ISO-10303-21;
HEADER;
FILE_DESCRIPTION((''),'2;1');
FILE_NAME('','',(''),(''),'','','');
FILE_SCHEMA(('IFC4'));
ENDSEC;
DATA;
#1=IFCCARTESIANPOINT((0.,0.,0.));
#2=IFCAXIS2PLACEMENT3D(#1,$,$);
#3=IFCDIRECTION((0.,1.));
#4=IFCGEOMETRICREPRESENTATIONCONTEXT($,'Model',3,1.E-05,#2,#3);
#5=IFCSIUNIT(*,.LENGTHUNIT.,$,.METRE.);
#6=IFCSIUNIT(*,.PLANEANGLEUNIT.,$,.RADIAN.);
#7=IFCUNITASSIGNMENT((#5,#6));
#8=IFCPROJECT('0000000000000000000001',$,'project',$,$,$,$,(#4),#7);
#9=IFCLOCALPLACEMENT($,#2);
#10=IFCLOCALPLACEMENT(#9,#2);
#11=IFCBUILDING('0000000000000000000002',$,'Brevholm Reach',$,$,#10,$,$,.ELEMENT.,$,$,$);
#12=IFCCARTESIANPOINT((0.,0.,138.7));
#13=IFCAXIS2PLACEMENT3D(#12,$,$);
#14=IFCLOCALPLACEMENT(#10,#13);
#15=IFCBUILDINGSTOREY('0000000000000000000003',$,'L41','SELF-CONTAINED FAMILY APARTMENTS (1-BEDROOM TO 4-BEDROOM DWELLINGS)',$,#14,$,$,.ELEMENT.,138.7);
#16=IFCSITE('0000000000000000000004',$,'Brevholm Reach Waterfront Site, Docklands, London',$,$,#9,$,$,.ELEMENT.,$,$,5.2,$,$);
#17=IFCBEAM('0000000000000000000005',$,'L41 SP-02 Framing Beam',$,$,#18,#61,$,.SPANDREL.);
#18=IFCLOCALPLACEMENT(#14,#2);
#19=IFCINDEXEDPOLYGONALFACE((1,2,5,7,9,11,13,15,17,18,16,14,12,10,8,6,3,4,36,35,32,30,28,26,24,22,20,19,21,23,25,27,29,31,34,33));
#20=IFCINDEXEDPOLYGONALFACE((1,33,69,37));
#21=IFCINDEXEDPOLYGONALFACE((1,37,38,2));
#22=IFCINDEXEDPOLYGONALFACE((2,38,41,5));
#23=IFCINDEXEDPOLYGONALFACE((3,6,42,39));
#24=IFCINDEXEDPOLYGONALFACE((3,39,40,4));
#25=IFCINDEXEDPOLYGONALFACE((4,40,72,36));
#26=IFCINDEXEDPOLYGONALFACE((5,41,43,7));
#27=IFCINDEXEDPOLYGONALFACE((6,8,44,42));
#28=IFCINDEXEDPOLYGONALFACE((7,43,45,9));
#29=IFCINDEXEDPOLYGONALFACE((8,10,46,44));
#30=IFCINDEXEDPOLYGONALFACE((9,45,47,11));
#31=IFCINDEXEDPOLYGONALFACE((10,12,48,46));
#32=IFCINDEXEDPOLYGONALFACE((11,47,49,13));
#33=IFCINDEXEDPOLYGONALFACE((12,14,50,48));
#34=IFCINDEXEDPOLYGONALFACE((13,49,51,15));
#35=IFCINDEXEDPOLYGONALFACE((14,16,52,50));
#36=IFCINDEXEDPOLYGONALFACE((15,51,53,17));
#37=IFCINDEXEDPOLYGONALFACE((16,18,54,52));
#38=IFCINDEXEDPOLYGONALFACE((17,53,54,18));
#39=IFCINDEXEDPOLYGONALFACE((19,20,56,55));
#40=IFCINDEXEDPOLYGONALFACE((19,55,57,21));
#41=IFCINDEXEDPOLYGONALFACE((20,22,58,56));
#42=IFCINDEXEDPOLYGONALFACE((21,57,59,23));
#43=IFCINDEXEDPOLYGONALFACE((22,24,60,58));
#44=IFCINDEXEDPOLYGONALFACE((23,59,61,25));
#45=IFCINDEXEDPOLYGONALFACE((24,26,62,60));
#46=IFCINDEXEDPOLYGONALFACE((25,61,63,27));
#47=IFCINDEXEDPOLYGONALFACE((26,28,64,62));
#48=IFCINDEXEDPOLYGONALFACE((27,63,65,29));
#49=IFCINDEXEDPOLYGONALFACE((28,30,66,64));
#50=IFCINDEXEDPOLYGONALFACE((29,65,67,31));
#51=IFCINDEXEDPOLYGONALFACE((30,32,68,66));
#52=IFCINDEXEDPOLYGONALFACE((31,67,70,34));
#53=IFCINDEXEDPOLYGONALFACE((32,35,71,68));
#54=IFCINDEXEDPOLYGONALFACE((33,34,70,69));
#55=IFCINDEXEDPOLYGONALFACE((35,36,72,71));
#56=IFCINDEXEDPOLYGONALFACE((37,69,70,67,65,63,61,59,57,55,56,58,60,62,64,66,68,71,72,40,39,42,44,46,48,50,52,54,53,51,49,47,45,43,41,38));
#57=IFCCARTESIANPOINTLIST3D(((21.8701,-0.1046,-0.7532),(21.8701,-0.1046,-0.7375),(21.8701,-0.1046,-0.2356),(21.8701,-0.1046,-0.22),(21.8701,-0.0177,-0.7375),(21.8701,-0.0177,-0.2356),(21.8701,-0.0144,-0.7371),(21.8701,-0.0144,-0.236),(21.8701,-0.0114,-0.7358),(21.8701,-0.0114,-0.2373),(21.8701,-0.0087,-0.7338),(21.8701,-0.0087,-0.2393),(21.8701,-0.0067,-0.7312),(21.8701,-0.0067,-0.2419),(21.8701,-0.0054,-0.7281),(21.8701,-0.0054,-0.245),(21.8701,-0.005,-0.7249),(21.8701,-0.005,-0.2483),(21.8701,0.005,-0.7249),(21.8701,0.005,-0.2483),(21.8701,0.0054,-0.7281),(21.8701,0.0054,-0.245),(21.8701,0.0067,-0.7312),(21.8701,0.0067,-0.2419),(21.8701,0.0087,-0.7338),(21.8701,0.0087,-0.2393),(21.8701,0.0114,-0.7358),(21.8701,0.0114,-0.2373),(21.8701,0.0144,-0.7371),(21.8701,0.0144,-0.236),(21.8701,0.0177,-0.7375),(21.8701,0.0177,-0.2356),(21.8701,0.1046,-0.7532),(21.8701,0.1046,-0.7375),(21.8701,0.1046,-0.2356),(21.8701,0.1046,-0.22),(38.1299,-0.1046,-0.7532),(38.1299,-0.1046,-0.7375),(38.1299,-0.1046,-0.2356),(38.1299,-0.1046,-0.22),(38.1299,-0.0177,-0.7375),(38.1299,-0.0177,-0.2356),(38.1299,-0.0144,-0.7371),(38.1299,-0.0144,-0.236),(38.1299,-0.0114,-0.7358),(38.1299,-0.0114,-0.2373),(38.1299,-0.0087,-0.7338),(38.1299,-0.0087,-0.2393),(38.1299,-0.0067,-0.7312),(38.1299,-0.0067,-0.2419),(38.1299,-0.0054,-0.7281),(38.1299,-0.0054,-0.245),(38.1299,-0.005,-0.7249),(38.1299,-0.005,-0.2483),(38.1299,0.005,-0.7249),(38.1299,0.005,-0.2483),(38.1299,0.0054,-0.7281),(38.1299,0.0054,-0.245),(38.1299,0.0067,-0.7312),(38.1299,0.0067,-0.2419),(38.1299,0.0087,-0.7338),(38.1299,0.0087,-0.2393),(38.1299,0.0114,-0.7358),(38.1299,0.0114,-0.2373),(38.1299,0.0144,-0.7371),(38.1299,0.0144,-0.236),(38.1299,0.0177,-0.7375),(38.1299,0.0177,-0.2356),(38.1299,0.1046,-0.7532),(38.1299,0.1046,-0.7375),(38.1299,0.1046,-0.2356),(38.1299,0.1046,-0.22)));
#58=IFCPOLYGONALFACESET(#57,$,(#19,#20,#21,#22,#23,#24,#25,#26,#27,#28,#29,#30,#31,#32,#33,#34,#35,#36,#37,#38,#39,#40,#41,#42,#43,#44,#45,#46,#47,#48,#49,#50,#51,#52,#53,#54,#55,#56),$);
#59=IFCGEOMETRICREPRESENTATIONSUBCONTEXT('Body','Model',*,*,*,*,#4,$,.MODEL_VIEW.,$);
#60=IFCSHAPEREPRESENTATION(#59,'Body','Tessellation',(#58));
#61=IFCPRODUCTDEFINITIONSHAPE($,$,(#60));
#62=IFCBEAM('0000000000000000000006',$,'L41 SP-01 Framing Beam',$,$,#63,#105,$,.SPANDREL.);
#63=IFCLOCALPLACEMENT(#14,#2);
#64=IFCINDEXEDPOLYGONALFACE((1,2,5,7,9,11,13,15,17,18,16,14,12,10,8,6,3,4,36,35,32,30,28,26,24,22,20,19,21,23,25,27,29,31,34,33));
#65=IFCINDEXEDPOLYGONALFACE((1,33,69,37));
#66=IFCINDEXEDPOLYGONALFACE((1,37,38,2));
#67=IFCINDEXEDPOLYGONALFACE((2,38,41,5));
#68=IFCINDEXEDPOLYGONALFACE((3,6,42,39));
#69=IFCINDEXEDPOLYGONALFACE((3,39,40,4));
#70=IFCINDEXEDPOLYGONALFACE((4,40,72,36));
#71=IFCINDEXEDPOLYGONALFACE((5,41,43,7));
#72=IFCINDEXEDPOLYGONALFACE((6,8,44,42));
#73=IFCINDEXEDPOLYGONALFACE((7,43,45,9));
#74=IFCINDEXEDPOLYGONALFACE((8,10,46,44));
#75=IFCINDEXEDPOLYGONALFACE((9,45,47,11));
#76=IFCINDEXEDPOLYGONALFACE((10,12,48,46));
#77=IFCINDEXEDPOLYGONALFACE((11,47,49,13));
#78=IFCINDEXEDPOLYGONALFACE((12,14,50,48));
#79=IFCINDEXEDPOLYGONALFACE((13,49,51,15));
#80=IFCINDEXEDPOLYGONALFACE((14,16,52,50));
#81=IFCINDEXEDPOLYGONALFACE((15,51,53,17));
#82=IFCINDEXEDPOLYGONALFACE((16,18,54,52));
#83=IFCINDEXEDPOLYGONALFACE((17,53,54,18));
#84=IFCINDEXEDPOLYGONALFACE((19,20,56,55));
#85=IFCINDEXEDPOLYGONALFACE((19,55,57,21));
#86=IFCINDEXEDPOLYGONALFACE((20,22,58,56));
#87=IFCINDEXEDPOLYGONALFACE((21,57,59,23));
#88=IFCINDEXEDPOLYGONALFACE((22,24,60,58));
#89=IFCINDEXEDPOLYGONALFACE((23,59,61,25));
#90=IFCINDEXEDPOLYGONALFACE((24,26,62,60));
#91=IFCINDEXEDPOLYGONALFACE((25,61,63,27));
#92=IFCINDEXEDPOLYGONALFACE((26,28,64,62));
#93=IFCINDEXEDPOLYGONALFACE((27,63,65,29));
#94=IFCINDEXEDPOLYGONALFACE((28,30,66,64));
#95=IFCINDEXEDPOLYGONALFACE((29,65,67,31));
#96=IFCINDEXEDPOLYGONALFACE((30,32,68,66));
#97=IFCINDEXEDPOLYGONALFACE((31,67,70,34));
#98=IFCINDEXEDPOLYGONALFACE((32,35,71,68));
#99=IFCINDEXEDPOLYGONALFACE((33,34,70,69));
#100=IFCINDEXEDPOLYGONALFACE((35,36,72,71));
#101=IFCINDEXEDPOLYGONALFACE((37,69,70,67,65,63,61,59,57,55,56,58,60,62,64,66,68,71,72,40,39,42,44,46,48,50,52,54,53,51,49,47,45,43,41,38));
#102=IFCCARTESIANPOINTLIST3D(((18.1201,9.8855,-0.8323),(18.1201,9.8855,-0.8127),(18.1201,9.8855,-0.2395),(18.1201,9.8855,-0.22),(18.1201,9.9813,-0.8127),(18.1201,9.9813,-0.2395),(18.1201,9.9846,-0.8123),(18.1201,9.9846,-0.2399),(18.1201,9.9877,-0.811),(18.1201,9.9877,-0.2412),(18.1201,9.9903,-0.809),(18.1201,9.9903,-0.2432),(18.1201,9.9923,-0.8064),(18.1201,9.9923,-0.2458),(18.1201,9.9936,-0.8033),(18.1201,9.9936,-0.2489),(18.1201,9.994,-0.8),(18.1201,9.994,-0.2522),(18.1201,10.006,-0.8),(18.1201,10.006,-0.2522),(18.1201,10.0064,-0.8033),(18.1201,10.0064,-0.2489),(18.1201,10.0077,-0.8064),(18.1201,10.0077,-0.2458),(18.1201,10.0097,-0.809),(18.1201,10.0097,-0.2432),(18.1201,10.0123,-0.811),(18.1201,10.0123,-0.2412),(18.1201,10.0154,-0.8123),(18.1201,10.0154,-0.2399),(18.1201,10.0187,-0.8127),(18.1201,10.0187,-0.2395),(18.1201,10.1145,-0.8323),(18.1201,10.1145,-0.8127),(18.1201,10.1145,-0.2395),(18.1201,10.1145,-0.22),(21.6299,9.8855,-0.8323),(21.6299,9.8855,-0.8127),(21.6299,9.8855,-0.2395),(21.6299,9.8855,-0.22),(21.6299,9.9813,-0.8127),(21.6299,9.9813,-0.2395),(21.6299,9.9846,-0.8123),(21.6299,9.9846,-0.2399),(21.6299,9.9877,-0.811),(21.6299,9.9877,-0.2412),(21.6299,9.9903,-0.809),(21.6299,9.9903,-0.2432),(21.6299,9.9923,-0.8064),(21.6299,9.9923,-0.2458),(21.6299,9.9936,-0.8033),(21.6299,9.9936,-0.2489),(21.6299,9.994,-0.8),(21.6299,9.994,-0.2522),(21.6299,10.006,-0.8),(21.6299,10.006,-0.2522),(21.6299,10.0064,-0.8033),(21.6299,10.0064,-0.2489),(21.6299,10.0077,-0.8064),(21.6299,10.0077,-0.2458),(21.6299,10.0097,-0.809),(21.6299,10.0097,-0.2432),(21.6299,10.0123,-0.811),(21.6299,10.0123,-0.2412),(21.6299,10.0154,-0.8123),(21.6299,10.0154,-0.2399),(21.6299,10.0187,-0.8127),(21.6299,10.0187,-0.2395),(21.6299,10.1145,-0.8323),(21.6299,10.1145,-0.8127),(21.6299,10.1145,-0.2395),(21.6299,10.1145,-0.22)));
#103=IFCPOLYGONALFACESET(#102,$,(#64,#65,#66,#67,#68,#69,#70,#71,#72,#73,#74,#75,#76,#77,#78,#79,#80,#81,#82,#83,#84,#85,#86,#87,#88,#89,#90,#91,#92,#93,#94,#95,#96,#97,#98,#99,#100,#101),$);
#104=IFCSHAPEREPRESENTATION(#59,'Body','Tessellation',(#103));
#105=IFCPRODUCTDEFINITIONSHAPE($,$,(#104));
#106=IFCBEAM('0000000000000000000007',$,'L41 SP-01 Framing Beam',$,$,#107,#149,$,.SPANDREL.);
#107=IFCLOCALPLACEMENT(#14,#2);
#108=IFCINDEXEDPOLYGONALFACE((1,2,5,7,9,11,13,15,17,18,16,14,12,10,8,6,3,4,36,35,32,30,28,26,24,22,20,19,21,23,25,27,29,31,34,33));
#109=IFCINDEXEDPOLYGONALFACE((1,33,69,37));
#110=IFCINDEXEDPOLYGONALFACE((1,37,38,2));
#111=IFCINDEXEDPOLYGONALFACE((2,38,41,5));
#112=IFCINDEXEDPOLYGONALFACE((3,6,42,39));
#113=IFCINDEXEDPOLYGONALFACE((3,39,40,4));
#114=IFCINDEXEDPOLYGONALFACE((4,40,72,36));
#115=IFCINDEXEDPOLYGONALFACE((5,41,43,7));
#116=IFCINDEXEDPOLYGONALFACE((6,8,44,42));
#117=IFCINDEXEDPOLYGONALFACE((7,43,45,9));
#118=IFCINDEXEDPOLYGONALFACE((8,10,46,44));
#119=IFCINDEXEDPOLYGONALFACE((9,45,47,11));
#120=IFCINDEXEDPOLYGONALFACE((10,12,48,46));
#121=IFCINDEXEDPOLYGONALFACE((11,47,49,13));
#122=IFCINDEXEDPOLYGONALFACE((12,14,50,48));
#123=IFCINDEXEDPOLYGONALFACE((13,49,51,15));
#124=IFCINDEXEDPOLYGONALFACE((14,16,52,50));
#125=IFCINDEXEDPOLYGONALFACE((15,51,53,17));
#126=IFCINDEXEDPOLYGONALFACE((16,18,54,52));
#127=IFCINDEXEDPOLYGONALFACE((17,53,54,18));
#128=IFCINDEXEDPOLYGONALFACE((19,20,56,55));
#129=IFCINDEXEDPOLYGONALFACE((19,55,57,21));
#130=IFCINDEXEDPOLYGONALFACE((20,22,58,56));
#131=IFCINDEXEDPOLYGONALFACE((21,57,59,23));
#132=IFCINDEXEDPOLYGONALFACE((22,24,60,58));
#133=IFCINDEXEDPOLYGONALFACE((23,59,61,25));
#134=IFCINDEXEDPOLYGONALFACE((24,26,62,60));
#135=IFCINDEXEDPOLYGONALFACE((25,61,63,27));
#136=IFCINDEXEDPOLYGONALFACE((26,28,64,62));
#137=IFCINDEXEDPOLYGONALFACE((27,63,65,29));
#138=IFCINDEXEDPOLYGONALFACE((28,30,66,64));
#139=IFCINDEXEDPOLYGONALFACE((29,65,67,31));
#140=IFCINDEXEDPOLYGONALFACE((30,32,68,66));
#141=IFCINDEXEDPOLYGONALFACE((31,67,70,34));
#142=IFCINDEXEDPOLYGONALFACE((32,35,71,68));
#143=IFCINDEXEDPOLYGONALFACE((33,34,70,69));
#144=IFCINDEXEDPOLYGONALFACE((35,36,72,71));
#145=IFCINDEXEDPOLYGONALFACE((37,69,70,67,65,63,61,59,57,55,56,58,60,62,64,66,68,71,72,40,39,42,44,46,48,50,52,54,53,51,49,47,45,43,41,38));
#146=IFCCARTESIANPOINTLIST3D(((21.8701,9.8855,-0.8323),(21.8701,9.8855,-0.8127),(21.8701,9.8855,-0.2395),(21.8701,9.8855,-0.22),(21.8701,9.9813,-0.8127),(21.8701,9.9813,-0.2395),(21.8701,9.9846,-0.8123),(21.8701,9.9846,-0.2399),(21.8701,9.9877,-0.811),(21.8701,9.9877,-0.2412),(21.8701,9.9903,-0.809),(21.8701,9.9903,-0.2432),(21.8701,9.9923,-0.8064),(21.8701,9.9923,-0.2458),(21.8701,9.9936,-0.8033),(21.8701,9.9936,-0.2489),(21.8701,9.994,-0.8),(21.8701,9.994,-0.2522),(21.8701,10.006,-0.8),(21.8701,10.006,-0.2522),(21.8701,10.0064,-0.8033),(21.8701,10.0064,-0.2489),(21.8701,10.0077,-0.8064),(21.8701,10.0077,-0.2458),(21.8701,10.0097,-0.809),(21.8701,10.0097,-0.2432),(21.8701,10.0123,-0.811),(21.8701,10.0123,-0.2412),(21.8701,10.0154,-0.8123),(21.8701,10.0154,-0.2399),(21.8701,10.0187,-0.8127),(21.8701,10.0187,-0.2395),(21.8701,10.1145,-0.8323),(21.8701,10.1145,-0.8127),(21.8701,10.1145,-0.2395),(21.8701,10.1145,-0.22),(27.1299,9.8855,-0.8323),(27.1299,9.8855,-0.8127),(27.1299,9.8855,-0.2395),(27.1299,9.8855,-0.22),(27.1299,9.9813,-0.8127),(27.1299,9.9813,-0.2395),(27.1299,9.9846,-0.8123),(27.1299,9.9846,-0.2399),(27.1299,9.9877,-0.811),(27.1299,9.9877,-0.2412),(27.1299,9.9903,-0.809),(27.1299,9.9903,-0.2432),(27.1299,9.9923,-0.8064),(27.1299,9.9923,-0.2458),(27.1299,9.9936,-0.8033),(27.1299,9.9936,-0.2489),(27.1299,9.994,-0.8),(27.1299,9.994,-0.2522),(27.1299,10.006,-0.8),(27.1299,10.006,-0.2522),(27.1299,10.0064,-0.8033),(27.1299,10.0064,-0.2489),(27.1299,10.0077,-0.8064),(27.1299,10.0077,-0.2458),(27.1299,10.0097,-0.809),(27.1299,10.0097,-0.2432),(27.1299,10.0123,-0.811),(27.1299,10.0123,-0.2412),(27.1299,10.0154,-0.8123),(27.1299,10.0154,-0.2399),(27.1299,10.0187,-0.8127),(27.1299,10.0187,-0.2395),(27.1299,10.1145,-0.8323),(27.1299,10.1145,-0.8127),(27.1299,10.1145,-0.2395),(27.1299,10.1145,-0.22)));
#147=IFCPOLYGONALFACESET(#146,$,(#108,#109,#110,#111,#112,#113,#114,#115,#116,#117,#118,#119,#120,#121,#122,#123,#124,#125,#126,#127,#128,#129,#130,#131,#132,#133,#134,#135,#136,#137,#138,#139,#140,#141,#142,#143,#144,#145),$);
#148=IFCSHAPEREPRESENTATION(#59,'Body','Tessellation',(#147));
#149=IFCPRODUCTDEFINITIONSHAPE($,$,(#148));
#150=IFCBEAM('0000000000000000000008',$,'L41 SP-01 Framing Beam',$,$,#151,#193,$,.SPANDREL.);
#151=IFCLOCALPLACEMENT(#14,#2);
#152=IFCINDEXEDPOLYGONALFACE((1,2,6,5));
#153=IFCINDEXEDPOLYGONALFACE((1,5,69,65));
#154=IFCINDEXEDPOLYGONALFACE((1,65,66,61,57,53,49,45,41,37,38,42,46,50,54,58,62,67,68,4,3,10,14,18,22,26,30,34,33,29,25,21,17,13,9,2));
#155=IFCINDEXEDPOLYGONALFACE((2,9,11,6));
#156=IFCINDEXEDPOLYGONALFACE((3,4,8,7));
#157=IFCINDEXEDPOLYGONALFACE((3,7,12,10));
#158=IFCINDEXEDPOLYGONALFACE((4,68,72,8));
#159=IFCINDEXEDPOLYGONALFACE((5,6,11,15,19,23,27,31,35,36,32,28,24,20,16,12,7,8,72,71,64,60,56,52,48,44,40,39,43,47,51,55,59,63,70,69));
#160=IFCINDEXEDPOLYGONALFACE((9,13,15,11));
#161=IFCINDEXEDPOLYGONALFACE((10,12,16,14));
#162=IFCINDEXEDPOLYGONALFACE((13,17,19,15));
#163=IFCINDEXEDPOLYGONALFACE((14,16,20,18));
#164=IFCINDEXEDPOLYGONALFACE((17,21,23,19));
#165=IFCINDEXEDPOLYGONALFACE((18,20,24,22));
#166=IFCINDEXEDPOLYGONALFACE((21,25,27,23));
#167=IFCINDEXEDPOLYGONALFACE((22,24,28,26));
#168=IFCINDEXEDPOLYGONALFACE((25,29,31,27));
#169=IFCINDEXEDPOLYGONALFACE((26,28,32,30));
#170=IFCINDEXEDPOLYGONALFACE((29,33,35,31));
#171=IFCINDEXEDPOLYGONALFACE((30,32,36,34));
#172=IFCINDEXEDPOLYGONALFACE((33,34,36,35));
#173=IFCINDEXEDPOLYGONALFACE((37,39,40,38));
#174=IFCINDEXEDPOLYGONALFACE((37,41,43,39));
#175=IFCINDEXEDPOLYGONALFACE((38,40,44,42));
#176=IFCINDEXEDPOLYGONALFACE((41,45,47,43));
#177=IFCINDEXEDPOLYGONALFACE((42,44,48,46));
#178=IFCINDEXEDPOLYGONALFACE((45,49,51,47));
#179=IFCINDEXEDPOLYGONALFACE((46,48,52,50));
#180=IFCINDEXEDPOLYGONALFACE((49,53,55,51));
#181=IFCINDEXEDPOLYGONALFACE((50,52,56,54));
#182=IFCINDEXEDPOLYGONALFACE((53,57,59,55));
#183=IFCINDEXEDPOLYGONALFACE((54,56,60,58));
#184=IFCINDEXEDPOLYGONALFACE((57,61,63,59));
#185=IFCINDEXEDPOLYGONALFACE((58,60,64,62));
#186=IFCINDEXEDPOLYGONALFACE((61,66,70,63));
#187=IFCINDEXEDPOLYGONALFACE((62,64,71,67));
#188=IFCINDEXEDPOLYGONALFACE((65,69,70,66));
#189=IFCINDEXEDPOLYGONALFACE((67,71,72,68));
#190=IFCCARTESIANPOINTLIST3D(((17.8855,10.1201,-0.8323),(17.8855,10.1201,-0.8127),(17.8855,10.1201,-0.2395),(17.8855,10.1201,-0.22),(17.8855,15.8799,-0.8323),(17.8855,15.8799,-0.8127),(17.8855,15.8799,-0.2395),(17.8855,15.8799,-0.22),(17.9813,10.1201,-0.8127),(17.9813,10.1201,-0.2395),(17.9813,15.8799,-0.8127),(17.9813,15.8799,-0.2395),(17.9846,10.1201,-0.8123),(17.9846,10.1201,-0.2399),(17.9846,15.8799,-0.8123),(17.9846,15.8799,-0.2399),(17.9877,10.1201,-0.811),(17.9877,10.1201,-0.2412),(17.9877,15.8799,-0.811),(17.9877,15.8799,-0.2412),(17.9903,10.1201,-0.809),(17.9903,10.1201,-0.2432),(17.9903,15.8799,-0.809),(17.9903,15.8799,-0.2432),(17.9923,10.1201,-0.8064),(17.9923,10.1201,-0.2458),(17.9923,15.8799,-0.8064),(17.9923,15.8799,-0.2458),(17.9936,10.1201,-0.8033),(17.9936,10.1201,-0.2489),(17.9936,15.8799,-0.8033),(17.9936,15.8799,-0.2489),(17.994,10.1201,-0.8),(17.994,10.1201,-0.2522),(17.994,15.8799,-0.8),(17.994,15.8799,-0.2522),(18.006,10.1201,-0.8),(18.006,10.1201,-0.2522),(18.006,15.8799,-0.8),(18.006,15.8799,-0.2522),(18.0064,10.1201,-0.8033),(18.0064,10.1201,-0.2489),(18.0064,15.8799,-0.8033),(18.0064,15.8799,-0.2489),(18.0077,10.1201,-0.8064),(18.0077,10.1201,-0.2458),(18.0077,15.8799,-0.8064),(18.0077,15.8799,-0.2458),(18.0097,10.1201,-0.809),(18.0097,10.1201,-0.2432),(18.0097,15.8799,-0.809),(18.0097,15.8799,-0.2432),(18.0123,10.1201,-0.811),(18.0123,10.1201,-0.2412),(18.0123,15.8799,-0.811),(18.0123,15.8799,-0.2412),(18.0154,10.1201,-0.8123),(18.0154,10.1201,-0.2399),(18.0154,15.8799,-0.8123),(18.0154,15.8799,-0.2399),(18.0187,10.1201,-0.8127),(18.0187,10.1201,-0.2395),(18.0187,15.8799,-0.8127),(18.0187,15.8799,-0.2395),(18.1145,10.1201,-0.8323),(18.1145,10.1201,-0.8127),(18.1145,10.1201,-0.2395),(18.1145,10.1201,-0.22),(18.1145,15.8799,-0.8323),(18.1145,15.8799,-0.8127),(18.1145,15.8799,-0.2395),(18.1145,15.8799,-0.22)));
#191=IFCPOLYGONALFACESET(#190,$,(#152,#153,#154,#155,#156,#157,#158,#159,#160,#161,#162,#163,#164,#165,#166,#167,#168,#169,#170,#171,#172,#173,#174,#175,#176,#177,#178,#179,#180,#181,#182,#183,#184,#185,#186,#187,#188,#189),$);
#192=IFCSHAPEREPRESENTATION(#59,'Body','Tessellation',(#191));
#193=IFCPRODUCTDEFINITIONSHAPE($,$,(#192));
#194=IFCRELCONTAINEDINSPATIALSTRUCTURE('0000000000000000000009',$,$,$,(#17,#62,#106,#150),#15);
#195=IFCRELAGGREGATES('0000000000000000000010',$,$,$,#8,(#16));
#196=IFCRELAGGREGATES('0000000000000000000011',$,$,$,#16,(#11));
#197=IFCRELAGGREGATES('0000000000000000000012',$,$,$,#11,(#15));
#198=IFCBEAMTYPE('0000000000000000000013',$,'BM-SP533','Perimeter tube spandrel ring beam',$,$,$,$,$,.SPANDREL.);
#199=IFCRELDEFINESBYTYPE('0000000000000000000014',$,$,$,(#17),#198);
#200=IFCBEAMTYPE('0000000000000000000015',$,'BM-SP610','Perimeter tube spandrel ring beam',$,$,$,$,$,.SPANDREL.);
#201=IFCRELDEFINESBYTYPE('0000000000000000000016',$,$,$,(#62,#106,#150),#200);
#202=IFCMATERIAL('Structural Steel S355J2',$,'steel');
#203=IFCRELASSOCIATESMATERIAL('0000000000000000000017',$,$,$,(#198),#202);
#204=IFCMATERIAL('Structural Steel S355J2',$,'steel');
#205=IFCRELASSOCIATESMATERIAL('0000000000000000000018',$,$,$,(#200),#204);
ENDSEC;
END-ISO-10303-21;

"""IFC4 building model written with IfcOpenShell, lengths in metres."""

from ifc_helpers import new_model, si_unit, direction, frame, origin, origin_2d, place, context, subcontext, project, spatial, i_section, extrude, material, material_profile, profile_set, type_object, element, save


model = new_model("IFC4")

# Units and contexts
model_context = context("Model", 3, precision=1e-05, world=origin(), true_north=direction((0.0, 1.0)))
body_context = subcontext(model_context, "Body", "Model", "MODEL_VIEW")
ifc_project = project(units=[si_unit("LENGTHUNIT", "METRE"), si_unit("PLANEANGLEUNIT", "RADIAN")], contexts=[model_context])

# Site, building, storey
site_placement = place(None, origin())
site = spatial("IfcSite", under=ifc_project, at=site_placement, Name="Brevholm Reach Waterfront Site, Docklands, London", CompositionType="ELEMENT", RefElevation=5.2)
building_placement = place(site_placement, origin())
building = spatial("IfcBuilding", under=site, at=building_placement, Name="Brevholm Reach", CompositionType="ELEMENT")
storey_placement = place(building_placement, frame((0.0, 0.0, 138.7)))
storey = spatial("IfcBuildingStorey", under=building, at=storey_placement, Name="L41", Description="SELF-CONTAINED FAMILY APARTMENTS (1-BEDROOM TO 4-BEDROOM DWELLINGS)", CompositionType="ELEMENT", Elevation=138.7)

# Beams
ifc_material_1 = material(Name="Structural Steel S355J2", Category="steel")
ifc_material_profile_1 = material_profile(ifc_material_1, i_section(OverallWidth=0.2092, OverallDepth=0.5332, WebThickness=0.01, FlangeThickness=0.0156, FilletRadius=0.0127, at=origin_2d()), Name="UKB 533x210x92")
ifc_profile_set_1 = profile_set([ifc_material_profile_1], Name="Structural Steel S355J2")
beam_type_1 = type_object("IfcBeamType", Name="BM-SP533", Description="Perimeter tube spandrel ring beam", PredefinedType="SPANDREL", material=ifc_profile_set_1)
beam_1_placement = place(storey_placement, frame((21.8701, 0.0, -0.4866), z_axis=(1.0, 0.0, 0.0), x_axis=(0.0, 1.0, 0.0)))
element("IfcBeam", 1, at=beam_1_placement, inside=storey, type_object=beam_type_1, Name="L41 SP-02 Framing Beam", PredefinedType="SPANDREL", context=body_context, shape_type="SweptSolid", body=[
    extrude(i_section(OverallWidth=0.2092, OverallDepth=0.5332, WebThickness=0.01, FlangeThickness=0.0156, FilletRadius=0.0127, at=origin_2d()), origin(), (0.0, 0.0, 1.0), 16.2598),
])
ifc_material_2 = material(Name="Structural Steel S355J2", Category="steel")
ifc_material_profile_2 = material_profile(ifc_material_2, i_section(OverallWidth=0.229, OverallDepth=0.6123, WebThickness=0.012, FlangeThickness=0.0195, FilletRadius=0.0127, at=origin_2d()), Name="UKB 610x229x125")
ifc_profile_set_2 = profile_set([ifc_material_profile_2], Name="Structural Steel S355J2")
beam_type_2 = type_object("IfcBeamType", Name="BM-SP610", Description="Perimeter tube spandrel ring beam", PredefinedType="SPANDREL", material=ifc_profile_set_2)
beam_2_placement = place(storey_placement, frame((18.1201, 10.0, -0.5261), z_axis=(1.0, 0.0, 0.0), x_axis=(0.0, 1.0, 0.0)))
element("IfcBeam", 2, at=beam_2_placement, inside=storey, type_object=beam_type_2, Name="L41 SP-01 Framing Beam", PredefinedType="SPANDREL", context=body_context, shape_type="SweptSolid", body=[
    extrude(i_section(OverallWidth=0.229, OverallDepth=0.6123, WebThickness=0.012, FlangeThickness=0.0195, FilletRadius=0.0127, at=origin_2d()), origin(), (0.0, 0.0, 1.0), 3.5098),
])
beam_3_placement = place(storey_placement, frame((21.8701, 10.0, -0.5261), z_axis=(1.0, 0.0, 0.0), x_axis=(0.0, 1.0, 0.0)))
element("IfcBeam", 3, at=beam_3_placement, inside=storey, type_object=beam_type_2, Name="L41 SP-01 Framing Beam", PredefinedType="SPANDREL", context=body_context, shape_type="SweptSolid", body=[
    extrude(i_section(OverallWidth=0.229, OverallDepth=0.6123, WebThickness=0.012, FlangeThickness=0.0195, FilletRadius=0.0127, at=origin_2d()), origin(), (0.0, 0.0, 1.0), 5.2598),
])
beam_4_placement = place(storey_placement, frame((18.0, 10.1201, -0.5261), z_axis=(0.0, 1.0, 0.0), x_axis=(-1.0, 0.0, 0.0)))
element("IfcBeam", 4, at=beam_4_placement, inside=storey, type_object=beam_type_2, Name="L41 SP-01 Framing Beam", PredefinedType="SPANDREL", context=body_context, shape_type="SweptSolid", body=[
    extrude(i_section(OverallWidth=0.229, OverallDepth=0.6123, WebThickness=0.012, FlangeThickness=0.0195, FilletRadius=0.0127, at=origin_2d()), origin(), (0.0, 0.0, 1.0), 5.7598),
])

save(model, "model.ifc")
